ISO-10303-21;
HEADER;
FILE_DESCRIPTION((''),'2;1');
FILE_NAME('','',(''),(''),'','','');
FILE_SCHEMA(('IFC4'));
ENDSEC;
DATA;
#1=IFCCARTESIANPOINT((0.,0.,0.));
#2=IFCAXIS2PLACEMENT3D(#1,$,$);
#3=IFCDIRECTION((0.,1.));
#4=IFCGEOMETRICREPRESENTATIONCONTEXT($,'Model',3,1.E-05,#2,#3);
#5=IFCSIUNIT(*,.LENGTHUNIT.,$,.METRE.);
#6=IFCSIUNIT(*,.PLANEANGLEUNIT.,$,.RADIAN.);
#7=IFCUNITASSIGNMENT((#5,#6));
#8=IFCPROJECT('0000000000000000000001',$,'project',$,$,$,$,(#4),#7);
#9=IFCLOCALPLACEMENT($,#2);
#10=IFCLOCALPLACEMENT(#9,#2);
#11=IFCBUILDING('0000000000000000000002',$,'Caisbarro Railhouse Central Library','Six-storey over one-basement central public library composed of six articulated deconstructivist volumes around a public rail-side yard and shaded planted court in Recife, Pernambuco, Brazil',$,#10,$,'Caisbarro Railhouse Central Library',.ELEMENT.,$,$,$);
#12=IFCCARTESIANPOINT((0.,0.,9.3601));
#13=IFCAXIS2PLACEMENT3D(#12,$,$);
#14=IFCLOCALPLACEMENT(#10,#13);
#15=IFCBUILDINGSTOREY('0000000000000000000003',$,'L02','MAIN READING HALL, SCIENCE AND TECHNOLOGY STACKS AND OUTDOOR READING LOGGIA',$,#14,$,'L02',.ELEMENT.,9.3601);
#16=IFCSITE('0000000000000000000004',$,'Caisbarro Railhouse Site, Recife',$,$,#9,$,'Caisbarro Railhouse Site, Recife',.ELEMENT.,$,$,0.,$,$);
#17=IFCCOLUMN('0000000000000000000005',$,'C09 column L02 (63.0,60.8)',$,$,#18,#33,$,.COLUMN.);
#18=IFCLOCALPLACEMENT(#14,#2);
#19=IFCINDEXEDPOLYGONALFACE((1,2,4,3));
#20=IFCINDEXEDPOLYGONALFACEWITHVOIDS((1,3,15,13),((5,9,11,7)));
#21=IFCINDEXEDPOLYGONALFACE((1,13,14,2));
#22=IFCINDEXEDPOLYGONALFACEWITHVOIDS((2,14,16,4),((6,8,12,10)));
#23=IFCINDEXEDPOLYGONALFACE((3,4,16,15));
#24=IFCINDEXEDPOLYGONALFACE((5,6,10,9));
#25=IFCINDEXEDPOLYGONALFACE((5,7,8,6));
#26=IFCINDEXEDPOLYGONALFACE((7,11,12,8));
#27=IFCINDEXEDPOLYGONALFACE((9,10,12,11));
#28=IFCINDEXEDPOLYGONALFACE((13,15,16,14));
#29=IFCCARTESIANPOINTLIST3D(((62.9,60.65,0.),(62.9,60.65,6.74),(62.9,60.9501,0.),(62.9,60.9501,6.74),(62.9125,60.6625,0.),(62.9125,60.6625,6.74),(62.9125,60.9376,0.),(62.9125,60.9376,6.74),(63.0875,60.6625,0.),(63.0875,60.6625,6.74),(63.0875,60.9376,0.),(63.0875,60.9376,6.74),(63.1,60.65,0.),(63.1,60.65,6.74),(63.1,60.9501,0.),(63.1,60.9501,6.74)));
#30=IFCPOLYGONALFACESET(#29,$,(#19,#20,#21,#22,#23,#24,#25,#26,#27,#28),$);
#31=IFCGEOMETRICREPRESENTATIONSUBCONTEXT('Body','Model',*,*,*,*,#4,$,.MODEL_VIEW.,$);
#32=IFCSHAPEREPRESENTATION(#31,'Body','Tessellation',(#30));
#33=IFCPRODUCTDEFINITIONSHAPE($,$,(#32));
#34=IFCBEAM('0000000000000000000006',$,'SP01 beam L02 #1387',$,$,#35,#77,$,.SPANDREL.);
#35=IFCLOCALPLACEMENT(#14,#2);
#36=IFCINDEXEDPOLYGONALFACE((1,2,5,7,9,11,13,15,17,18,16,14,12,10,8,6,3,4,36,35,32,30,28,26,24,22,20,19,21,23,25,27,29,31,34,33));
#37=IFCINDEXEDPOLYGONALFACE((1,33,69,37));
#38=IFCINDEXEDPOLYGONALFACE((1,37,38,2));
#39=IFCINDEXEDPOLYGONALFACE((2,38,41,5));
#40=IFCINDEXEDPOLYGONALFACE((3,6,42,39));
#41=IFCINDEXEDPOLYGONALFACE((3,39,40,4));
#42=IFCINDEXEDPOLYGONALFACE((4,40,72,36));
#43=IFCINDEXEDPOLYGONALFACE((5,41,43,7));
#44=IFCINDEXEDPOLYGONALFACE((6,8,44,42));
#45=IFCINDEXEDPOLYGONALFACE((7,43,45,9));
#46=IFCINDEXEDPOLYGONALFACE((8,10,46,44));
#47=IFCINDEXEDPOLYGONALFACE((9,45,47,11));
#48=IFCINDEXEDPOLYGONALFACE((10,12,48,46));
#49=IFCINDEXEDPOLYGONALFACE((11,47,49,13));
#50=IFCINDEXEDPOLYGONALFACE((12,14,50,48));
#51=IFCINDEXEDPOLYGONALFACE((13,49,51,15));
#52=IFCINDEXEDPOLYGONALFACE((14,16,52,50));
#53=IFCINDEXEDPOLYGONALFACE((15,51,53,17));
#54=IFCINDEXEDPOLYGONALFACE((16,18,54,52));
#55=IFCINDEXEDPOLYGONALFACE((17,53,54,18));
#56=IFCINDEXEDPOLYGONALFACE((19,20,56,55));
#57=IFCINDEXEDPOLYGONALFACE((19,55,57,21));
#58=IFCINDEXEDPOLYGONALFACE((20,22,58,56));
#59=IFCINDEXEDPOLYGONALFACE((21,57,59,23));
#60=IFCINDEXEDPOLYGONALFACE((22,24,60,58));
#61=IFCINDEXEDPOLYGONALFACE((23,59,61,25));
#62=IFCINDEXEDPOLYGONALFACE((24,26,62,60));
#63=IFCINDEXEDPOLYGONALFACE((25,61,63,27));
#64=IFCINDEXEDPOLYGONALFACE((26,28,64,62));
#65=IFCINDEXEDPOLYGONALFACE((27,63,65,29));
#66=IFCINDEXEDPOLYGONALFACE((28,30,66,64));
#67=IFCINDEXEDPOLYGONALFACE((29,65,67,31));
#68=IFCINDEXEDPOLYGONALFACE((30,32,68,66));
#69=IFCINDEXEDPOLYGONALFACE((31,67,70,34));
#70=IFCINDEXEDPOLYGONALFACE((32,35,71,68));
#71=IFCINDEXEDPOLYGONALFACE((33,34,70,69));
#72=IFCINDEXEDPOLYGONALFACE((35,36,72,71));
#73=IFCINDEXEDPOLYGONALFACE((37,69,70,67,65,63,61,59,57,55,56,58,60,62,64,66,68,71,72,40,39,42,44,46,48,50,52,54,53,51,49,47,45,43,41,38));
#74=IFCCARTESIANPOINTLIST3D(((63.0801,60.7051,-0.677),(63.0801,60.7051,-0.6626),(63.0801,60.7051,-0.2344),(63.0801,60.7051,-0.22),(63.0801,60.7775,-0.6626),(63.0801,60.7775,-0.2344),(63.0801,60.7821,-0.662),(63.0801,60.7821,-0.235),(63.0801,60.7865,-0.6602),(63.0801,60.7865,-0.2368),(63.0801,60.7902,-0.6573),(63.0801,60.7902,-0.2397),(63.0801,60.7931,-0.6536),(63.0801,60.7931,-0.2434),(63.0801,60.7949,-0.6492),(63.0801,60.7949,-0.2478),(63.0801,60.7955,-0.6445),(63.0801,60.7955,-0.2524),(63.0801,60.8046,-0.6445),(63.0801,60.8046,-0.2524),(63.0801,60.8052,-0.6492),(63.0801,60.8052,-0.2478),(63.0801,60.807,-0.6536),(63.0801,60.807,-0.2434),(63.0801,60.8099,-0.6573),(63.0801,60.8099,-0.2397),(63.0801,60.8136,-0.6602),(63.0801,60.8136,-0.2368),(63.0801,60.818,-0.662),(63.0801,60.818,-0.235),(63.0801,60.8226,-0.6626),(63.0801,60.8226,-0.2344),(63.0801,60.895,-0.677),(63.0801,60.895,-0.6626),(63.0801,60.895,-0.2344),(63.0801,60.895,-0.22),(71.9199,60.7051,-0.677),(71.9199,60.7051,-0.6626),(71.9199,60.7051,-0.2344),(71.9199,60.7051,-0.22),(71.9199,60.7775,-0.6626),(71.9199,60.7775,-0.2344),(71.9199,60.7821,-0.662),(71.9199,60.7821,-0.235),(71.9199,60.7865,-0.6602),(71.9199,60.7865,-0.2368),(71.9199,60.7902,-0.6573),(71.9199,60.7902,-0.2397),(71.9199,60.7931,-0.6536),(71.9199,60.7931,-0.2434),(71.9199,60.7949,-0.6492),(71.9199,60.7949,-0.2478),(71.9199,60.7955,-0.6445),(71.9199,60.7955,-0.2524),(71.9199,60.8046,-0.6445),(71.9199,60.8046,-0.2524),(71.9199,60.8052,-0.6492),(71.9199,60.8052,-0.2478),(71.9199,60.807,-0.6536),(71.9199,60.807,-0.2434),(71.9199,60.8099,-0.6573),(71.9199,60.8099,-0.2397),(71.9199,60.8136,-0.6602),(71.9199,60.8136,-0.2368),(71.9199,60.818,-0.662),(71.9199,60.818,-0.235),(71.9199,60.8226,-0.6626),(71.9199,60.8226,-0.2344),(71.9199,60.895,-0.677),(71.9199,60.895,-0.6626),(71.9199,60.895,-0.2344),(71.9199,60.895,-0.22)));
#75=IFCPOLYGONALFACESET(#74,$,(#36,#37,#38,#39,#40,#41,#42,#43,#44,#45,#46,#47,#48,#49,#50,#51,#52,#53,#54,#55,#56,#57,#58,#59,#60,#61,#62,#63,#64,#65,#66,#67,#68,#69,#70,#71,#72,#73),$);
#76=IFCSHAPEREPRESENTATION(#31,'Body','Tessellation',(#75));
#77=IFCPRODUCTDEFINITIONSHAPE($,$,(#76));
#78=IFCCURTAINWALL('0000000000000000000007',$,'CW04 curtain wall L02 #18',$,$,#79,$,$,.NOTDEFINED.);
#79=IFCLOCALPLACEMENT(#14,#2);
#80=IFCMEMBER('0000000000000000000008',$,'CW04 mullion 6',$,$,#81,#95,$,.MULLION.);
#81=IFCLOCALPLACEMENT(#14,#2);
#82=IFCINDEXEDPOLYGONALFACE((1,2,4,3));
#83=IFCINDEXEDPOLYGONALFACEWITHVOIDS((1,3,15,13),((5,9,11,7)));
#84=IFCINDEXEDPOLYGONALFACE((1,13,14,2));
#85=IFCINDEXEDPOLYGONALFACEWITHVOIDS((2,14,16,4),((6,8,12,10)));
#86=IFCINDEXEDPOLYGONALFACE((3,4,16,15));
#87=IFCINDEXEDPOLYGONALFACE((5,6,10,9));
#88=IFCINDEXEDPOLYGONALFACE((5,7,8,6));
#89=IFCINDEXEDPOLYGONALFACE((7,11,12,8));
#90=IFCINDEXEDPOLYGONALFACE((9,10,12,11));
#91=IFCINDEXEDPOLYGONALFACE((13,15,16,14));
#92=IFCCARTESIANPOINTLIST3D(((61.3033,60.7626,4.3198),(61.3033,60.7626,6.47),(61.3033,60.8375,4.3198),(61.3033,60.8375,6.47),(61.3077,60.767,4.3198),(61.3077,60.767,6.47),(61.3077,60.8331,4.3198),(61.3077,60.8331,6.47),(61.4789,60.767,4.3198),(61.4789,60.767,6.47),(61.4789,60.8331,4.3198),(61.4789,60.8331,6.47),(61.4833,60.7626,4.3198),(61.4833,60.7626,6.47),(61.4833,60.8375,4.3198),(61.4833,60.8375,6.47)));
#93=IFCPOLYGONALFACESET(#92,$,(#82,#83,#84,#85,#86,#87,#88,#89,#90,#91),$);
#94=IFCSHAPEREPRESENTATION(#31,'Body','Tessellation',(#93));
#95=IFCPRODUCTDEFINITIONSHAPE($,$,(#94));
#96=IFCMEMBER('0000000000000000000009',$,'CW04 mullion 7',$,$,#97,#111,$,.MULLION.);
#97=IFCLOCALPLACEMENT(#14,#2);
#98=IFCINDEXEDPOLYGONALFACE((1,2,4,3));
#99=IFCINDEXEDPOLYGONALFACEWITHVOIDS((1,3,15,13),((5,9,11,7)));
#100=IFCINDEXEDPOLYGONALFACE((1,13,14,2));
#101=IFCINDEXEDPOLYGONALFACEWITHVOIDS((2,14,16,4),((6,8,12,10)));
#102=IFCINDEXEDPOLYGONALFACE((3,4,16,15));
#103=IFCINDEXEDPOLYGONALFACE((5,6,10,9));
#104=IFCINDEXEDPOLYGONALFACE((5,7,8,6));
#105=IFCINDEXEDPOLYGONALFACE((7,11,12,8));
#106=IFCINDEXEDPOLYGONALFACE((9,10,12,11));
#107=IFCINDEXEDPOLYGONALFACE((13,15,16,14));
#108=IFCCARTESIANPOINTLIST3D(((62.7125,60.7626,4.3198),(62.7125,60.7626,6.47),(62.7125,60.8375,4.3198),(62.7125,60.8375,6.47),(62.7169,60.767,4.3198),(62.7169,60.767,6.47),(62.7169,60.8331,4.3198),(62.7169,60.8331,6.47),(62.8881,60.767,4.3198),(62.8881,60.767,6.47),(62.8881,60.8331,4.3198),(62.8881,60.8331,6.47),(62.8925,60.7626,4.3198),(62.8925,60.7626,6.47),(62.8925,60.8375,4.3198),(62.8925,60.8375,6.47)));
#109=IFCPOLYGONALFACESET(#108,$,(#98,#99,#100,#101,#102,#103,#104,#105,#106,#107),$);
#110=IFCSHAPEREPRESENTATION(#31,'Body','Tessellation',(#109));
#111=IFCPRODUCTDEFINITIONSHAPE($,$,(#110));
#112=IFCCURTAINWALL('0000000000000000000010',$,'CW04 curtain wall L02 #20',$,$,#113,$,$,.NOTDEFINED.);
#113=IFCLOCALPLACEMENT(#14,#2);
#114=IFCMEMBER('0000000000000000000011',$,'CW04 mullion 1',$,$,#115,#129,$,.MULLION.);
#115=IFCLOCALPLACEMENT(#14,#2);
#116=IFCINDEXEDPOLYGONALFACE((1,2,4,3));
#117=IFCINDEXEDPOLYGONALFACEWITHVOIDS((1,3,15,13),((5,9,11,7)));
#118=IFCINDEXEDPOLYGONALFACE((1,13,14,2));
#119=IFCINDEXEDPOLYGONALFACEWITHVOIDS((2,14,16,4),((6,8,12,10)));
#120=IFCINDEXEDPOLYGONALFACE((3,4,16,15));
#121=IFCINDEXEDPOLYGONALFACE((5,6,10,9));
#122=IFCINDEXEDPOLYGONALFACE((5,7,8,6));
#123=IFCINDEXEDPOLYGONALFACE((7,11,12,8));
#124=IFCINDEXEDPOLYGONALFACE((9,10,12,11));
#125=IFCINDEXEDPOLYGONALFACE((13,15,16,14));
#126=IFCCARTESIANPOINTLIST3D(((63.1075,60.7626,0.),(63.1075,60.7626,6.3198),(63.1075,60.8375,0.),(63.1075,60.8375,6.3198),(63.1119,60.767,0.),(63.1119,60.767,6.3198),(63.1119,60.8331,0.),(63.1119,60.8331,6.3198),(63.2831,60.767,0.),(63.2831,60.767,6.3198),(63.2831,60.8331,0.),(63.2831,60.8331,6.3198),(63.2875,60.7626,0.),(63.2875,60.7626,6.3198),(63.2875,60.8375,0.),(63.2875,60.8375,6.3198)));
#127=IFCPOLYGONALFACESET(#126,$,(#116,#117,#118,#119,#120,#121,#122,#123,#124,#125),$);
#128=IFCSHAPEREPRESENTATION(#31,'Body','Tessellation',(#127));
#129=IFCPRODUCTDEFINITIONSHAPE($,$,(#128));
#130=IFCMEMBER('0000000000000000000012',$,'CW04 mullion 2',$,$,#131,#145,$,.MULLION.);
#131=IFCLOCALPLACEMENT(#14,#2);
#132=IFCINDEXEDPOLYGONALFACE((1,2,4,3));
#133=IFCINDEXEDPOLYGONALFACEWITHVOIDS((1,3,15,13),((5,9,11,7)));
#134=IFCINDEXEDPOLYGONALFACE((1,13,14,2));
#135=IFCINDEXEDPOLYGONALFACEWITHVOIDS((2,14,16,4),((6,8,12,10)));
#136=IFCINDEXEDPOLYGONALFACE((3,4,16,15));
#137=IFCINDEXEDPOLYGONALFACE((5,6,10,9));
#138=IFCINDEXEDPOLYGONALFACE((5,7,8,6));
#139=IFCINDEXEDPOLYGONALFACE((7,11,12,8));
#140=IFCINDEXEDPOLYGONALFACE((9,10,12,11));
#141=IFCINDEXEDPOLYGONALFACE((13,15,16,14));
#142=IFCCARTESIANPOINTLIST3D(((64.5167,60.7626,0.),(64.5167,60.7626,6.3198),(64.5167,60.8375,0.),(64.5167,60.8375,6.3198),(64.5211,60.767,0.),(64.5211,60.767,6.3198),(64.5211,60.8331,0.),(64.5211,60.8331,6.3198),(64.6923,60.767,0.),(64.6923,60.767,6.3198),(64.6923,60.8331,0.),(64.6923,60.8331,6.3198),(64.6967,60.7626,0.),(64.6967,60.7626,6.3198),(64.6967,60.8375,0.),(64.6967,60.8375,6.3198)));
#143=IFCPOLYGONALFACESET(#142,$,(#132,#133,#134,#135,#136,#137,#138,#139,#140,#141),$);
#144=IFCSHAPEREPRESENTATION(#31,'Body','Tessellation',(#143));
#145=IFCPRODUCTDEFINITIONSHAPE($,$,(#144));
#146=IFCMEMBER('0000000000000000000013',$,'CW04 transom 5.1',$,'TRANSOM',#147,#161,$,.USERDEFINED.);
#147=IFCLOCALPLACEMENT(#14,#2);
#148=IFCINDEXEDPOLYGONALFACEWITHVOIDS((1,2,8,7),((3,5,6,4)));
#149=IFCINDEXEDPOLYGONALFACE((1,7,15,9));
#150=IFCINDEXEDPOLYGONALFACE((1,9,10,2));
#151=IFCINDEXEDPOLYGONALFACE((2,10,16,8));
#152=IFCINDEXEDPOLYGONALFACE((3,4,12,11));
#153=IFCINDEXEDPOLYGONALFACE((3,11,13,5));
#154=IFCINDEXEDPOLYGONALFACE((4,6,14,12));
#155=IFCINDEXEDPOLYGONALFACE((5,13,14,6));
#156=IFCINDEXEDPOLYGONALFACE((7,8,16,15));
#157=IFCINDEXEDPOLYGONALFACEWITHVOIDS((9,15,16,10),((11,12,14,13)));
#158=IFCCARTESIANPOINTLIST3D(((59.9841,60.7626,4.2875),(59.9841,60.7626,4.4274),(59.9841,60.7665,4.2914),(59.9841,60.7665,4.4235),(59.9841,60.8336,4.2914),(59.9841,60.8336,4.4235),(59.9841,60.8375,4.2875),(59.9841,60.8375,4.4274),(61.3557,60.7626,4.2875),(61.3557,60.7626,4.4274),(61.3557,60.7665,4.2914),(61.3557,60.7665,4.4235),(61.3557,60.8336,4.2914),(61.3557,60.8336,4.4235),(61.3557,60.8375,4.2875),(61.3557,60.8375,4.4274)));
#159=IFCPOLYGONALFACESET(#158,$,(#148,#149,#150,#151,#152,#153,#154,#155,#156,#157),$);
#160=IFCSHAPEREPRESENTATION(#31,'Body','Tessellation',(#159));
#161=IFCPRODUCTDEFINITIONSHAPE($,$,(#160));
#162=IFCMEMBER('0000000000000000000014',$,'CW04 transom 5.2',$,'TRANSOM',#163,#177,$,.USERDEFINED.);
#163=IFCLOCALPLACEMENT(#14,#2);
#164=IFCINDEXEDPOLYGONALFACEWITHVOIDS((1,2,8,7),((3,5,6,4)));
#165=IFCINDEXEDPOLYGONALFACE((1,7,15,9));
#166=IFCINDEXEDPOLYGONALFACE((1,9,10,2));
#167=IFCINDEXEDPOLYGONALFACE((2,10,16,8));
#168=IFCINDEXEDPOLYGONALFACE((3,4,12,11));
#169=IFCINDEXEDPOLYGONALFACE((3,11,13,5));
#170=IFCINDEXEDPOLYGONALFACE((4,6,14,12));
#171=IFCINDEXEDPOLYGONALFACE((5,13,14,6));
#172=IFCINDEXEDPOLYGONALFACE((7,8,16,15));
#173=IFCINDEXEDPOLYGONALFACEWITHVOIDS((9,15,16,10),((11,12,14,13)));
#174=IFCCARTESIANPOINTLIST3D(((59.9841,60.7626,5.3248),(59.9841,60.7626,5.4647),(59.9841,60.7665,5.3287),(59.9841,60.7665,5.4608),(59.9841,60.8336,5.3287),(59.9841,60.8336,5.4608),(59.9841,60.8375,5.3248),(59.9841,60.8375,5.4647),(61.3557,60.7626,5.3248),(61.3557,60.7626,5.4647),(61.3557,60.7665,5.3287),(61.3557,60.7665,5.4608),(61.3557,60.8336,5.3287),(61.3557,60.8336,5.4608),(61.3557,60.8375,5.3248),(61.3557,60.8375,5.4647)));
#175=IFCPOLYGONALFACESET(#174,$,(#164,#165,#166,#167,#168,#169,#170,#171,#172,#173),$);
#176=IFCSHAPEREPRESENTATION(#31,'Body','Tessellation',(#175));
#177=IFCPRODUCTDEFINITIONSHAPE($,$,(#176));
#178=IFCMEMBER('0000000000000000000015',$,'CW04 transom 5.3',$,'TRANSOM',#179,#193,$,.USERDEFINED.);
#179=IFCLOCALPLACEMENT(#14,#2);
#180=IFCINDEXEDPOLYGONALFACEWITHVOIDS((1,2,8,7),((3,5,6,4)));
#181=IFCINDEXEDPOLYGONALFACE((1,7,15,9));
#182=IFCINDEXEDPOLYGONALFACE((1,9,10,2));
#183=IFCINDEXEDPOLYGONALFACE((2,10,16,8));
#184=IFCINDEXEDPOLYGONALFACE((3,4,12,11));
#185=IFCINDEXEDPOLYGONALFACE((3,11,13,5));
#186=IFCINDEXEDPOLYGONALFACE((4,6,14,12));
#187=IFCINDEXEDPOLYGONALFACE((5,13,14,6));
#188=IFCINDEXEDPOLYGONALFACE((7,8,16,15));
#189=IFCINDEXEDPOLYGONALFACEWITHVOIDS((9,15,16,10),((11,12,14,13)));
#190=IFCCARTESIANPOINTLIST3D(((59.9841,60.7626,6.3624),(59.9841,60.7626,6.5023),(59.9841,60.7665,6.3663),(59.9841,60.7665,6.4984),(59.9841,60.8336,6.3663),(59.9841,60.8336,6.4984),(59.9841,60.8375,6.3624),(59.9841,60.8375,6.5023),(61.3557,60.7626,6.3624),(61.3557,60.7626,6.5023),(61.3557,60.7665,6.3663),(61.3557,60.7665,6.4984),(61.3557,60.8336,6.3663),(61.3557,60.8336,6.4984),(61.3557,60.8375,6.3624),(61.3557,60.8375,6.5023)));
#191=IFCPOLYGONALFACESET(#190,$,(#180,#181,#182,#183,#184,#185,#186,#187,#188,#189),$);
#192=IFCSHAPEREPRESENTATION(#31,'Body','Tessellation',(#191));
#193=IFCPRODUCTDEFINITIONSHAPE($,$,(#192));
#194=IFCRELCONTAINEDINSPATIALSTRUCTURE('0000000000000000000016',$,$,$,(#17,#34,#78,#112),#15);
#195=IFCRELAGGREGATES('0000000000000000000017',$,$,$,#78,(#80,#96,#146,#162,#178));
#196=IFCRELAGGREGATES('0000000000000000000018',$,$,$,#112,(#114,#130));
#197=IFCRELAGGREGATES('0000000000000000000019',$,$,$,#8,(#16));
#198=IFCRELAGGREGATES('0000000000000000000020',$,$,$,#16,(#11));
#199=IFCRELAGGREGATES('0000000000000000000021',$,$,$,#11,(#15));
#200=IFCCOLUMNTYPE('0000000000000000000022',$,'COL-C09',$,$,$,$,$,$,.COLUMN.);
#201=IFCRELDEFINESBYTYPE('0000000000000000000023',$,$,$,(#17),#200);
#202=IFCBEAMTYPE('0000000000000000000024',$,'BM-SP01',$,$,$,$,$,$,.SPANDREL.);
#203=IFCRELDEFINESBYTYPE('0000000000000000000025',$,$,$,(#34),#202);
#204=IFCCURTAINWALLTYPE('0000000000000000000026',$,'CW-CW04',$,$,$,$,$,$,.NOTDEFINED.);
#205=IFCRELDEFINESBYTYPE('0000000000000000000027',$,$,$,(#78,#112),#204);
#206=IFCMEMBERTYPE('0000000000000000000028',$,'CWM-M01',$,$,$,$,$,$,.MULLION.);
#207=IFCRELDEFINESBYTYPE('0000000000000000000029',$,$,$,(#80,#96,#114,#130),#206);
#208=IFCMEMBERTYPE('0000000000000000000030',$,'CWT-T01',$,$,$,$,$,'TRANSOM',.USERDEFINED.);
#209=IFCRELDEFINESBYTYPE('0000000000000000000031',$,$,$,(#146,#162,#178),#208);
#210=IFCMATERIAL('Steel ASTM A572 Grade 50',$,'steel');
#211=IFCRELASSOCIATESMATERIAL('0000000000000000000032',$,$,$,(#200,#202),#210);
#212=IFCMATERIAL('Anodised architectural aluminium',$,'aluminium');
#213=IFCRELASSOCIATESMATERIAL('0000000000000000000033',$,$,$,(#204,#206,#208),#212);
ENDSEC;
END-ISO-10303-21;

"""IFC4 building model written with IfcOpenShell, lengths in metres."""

from ifc_helpers import new_model, si_unit, direction, frame, origin, origin_2d, place, context, subcontext, project, spatial, hollow_rectangle, i_section, extrude, material, material_profile, profile_set, type_object, element, aggregate, save


model = new_model("IFC4")

# Units and contexts
model_context = context("Model", 3, precision=1e-05, world=origin(), true_north=direction((0.0, 1.0)))
body_context = subcontext(model_context, "Body", "Model", "MODEL_VIEW")
ifc_project = project(units=[si_unit("LENGTHUNIT", "METRE"), si_unit("PLANEANGLEUNIT", "RADIAN")], contexts=[model_context])

# Site, building, storey
site_placement = place(None, origin())
site = spatial("IfcSite", under=ifc_project, at=site_placement, Name="Caisbarro Railhouse Site, Recife", LongName="Caisbarro Railhouse Site, Recife", CompositionType="ELEMENT", RefElevation=0.0)
building_placement = place(site_placement, origin())
building = spatial("IfcBuilding", under=site, at=building_placement, Name="Caisbarro Railhouse Central Library", Description="Six-storey over one-basement central public library composed of six articulated deconstructivist volumes around a public rail-side yard and shaded planted court in Recife, Pernambuco, Brazil", LongName="Caisbarro Railhouse Central Library", CompositionType="ELEMENT")
storey_placement = place(building_placement, frame((0.0, 0.0, 9.3601)))
storey = spatial("IfcBuildingStorey", under=building, at=storey_placement, Name="L02", Description="MAIN READING HALL, SCIENCE AND TECHNOLOGY STACKS AND OUTDOOR READING LOGGIA", LongName="L02", CompositionType="ELEMENT", Elevation=9.3601)

# Column
ifc_material_1 = material(Name="Steel ASTM A572 Grade 50", Category="steel")
ifc_material_profile_1 = material_profile(ifc_material_1, hollow_rectangle(XDim=0.2, YDim=0.3, WallThickness=0.0125, at=origin_2d()), Name="HSS300X200X12.5")
ifc_profile_set_1 = profile_set([ifc_material_profile_1], Name="Steel ASTM A572 Grade 50")
column_type = type_object("IfcColumnType", Name="COL-C09", PredefinedType="COLUMN", material=ifc_profile_set_1)
column_placement = place(storey_placement, frame((63.0, 60.8, 0.0), z_axis=(0.0, 0.0, 1.0), x_axis=(1.0, 0.0, 0.0)))
element("IfcColumn", 1, at=column_placement, inside=storey, type_object=column_type, Name="C09 column L02 (63.0,60.8)", PredefinedType="COLUMN", context=body_context, shape_type="SweptSolid", body=[
    extrude(hollow_rectangle(XDim=0.2, YDim=0.3, WallThickness=0.0125, at=origin_2d()), origin(), (0.0, 0.0, 1.0), 6.74),
])

# Beam
ifc_material_profile_2 = material_profile(ifc_material_1, i_section(OverallWidth=0.1899, OverallDepth=0.457, WebThickness=0.009, FlangeThickness=0.0144, FilletRadius=0.0181, at=origin_2d()), Name="W460X74.0")
ifc_profile_set_2 = profile_set([ifc_material_profile_2], Name="Steel ASTM A572 Grade 50")
beam_type = type_object("IfcBeamType", Name="BM-SP01", PredefinedType="SPANDREL", material=ifc_profile_set_2)
beam_placement = place(storey_placement, frame((63.0801, 60.8, -0.4485), z_axis=(1.0, 0.0, 0.0), x_axis=(0.0, 1.0, 0.0)))
element("IfcBeam", 2, at=beam_placement, inside=storey, type_object=beam_type, Name="SP01 beam L02 #1387", PredefinedType="SPANDREL", context=body_context, shape_type="SweptSolid", body=[
    extrude(i_section(OverallWidth=0.1899, OverallDepth=0.457, WebThickness=0.009, FlangeThickness=0.0144, FilletRadius=0.0181, at=origin_2d()), origin(), (0.0, 0.0, 1.0), 8.8398),
])

# Curtain walls, members
ifc_material_2 = material(Name="Anodised architectural aluminium", Category="aluminium")
curtain_wall_type = type_object("IfcCurtainWallType", Name="CW-CW04", PredefinedType="NOTDEFINED", material=ifc_material_2)
curtain_wall_1_placement = place(storey_placement, origin())
curtain_wall_1 = element("IfcCurtainWall", 3, at=curtain_wall_1_placement, inside=storey, type_object=curtain_wall_type, Name="CW04 curtain wall L02 #18", PredefinedType="NOTDEFINED")
ifc_material_profile_3 = material_profile(ifc_material_2, hollow_rectangle(XDim=0.075, YDim=0.1799, WallThickness=0.0044, at=origin_2d()), Name="ALU-MUL-75X180")
ifc_profile_set_3 = profile_set([ifc_material_profile_3], Name="Anodised architectural aluminium")
member_type_1 = type_object("IfcMemberType", Name="CWM-M01", PredefinedType="MULLION", material=ifc_profile_set_3)
member_1_placement = place(storey_placement, frame((61.3933, 60.8, 4.3198), z_axis=(0.0, 0.0, 1.0), x_axis=(0.0, 1.0, 0.0)))
member_1 = element("IfcMember", 4, at=member_1_placement, type_object=member_type_1, Name="CW04 mullion 6", PredefinedType="MULLION", context=body_context, shape_type="SweptSolid", body=[
    extrude(hollow_rectangle(XDim=0.075, YDim=0.1799, WallThickness=0.0044, at=origin_2d()), origin(), (0.0, 0.0, 1.0), 2.1501),
])
member_2_placement = place(storey_placement, frame((62.8025, 60.8, 4.3198), z_axis=(0.0, 0.0, 1.0), x_axis=(0.0, 1.0, 0.0)))
member_2 = element("IfcMember", 5, at=member_2_placement, type_object=member_type_1, Name="CW04 mullion 7", PredefinedType="MULLION", context=body_context, shape_type="SweptSolid", body=[
    extrude(hollow_rectangle(XDim=0.075, YDim=0.1799, WallThickness=0.0044, at=origin_2d()), origin(), (0.0, 0.0, 1.0), 2.1501),
])
curtain_wall_2_placement = place(storey_placement, origin())
curtain_wall_2 = element("IfcCurtainWall", 6, at=curtain_wall_2_placement, inside=storey, type_object=curtain_wall_type, Name="CW04 curtain wall L02 #20", PredefinedType="NOTDEFINED")
member_3_placement = place(storey_placement, frame((63.1975, 60.8, 0.0), z_axis=(0.0, 0.0, 1.0), x_axis=(0.0, 1.0, 0.0)))
member_3 = element("IfcMember", 7, at=member_3_placement, type_object=member_type_1, Name="CW04 mullion 1", PredefinedType="MULLION", context=body_context, shape_type="SweptSolid", body=[
    extrude(hollow_rectangle(XDim=0.075, YDim=0.1799, WallThickness=0.0044, at=origin_2d()), origin(), (0.0, 0.0, 1.0), 6.3198),
])
member_4_placement = place(storey_placement, frame((64.6067, 60.8, 0.0), z_axis=(0.0, 0.0, 1.0), x_axis=(0.0, 1.0, 0.0)))
member_4 = element("IfcMember", 8, at=member_4_placement, type_object=member_type_1, Name="CW04 mullion 2", PredefinedType="MULLION", context=body_context, shape_type="SweptSolid", body=[
    extrude(hollow_rectangle(XDim=0.075, YDim=0.1799, WallThickness=0.0044, at=origin_2d()), origin(), (0.0, 0.0, 1.0), 6.3198),
])

# Members
ifc_material_profile_4 = material_profile(ifc_material_2, hollow_rectangle(XDim=0.075, YDim=0.1399, WallThickness=0.0039, at=origin_2d()), Name="ALU-TRN-75X140")
ifc_profile_set_4 = profile_set([ifc_material_profile_4], Name="Anodised architectural aluminium")
member_type_2 = type_object("IfcMemberType", Name="CWT-T01", ElementType="TRANSOM", PredefinedType="USERDEFINED", material=ifc_profile_set_4)
member_5_placement = place(storey_placement, frame((59.9841, 60.8, 4.3574), z_axis=(1.0, 0.0, 0.0), x_axis=(0.0, 1.0, 0.0)))
member_5 = element("IfcMember", 9, at=member_5_placement, type_object=member_type_2, Name="CW04 transom 5.1", ObjectType="TRANSOM", PredefinedType="USERDEFINED", context=body_context, shape_type="SweptSolid", body=[
    extrude(hollow_rectangle(XDim=0.075, YDim=0.1399, WallThickness=0.0039, at=origin_2d()), origin(), (0.0, 0.0, 1.0), 1.3716),
])
member_6_placement = place(storey_placement, frame((59.9841, 60.8, 5.3948), z_axis=(1.0, 0.0, 0.0), x_axis=(0.0, 1.0, 0.0)))
member_6 = element("IfcMember", 10, at=member_6_placement, type_object=member_type_2, Name="CW04 transom 5.2", ObjectType="TRANSOM", PredefinedType="USERDEFINED", context=body_context, shape_type="SweptSolid", body=[
    extrude(hollow_rectangle(XDim=0.075, YDim=0.1399, WallThickness=0.0039, at=origin_2d()), origin(), (0.0, 0.0, 1.0), 1.3716),
])
member_7_placement = place(storey_placement, frame((59.9841, 60.8, 6.4324), z_axis=(1.0, 0.0, 0.0), x_axis=(0.0, 1.0, 0.0)))
member_7 = element("IfcMember", 11, at=member_7_placement, type_object=member_type_2, Name="CW04 transom 5.3", ObjectType="TRANSOM", PredefinedType="USERDEFINED", context=body_context, shape_type="SweptSolid", body=[
    extrude(hollow_rectangle(XDim=0.075, YDim=0.1399, WallThickness=0.0039, at=origin_2d()), origin(), (0.0, 0.0, 1.0), 1.3716),
])

aggregate(curtain_wall_1, [member_1, member_2, member_5, member_6, member_7])
aggregate(curtain_wall_2, [member_3, member_4])

save(model, "model.ifc")
